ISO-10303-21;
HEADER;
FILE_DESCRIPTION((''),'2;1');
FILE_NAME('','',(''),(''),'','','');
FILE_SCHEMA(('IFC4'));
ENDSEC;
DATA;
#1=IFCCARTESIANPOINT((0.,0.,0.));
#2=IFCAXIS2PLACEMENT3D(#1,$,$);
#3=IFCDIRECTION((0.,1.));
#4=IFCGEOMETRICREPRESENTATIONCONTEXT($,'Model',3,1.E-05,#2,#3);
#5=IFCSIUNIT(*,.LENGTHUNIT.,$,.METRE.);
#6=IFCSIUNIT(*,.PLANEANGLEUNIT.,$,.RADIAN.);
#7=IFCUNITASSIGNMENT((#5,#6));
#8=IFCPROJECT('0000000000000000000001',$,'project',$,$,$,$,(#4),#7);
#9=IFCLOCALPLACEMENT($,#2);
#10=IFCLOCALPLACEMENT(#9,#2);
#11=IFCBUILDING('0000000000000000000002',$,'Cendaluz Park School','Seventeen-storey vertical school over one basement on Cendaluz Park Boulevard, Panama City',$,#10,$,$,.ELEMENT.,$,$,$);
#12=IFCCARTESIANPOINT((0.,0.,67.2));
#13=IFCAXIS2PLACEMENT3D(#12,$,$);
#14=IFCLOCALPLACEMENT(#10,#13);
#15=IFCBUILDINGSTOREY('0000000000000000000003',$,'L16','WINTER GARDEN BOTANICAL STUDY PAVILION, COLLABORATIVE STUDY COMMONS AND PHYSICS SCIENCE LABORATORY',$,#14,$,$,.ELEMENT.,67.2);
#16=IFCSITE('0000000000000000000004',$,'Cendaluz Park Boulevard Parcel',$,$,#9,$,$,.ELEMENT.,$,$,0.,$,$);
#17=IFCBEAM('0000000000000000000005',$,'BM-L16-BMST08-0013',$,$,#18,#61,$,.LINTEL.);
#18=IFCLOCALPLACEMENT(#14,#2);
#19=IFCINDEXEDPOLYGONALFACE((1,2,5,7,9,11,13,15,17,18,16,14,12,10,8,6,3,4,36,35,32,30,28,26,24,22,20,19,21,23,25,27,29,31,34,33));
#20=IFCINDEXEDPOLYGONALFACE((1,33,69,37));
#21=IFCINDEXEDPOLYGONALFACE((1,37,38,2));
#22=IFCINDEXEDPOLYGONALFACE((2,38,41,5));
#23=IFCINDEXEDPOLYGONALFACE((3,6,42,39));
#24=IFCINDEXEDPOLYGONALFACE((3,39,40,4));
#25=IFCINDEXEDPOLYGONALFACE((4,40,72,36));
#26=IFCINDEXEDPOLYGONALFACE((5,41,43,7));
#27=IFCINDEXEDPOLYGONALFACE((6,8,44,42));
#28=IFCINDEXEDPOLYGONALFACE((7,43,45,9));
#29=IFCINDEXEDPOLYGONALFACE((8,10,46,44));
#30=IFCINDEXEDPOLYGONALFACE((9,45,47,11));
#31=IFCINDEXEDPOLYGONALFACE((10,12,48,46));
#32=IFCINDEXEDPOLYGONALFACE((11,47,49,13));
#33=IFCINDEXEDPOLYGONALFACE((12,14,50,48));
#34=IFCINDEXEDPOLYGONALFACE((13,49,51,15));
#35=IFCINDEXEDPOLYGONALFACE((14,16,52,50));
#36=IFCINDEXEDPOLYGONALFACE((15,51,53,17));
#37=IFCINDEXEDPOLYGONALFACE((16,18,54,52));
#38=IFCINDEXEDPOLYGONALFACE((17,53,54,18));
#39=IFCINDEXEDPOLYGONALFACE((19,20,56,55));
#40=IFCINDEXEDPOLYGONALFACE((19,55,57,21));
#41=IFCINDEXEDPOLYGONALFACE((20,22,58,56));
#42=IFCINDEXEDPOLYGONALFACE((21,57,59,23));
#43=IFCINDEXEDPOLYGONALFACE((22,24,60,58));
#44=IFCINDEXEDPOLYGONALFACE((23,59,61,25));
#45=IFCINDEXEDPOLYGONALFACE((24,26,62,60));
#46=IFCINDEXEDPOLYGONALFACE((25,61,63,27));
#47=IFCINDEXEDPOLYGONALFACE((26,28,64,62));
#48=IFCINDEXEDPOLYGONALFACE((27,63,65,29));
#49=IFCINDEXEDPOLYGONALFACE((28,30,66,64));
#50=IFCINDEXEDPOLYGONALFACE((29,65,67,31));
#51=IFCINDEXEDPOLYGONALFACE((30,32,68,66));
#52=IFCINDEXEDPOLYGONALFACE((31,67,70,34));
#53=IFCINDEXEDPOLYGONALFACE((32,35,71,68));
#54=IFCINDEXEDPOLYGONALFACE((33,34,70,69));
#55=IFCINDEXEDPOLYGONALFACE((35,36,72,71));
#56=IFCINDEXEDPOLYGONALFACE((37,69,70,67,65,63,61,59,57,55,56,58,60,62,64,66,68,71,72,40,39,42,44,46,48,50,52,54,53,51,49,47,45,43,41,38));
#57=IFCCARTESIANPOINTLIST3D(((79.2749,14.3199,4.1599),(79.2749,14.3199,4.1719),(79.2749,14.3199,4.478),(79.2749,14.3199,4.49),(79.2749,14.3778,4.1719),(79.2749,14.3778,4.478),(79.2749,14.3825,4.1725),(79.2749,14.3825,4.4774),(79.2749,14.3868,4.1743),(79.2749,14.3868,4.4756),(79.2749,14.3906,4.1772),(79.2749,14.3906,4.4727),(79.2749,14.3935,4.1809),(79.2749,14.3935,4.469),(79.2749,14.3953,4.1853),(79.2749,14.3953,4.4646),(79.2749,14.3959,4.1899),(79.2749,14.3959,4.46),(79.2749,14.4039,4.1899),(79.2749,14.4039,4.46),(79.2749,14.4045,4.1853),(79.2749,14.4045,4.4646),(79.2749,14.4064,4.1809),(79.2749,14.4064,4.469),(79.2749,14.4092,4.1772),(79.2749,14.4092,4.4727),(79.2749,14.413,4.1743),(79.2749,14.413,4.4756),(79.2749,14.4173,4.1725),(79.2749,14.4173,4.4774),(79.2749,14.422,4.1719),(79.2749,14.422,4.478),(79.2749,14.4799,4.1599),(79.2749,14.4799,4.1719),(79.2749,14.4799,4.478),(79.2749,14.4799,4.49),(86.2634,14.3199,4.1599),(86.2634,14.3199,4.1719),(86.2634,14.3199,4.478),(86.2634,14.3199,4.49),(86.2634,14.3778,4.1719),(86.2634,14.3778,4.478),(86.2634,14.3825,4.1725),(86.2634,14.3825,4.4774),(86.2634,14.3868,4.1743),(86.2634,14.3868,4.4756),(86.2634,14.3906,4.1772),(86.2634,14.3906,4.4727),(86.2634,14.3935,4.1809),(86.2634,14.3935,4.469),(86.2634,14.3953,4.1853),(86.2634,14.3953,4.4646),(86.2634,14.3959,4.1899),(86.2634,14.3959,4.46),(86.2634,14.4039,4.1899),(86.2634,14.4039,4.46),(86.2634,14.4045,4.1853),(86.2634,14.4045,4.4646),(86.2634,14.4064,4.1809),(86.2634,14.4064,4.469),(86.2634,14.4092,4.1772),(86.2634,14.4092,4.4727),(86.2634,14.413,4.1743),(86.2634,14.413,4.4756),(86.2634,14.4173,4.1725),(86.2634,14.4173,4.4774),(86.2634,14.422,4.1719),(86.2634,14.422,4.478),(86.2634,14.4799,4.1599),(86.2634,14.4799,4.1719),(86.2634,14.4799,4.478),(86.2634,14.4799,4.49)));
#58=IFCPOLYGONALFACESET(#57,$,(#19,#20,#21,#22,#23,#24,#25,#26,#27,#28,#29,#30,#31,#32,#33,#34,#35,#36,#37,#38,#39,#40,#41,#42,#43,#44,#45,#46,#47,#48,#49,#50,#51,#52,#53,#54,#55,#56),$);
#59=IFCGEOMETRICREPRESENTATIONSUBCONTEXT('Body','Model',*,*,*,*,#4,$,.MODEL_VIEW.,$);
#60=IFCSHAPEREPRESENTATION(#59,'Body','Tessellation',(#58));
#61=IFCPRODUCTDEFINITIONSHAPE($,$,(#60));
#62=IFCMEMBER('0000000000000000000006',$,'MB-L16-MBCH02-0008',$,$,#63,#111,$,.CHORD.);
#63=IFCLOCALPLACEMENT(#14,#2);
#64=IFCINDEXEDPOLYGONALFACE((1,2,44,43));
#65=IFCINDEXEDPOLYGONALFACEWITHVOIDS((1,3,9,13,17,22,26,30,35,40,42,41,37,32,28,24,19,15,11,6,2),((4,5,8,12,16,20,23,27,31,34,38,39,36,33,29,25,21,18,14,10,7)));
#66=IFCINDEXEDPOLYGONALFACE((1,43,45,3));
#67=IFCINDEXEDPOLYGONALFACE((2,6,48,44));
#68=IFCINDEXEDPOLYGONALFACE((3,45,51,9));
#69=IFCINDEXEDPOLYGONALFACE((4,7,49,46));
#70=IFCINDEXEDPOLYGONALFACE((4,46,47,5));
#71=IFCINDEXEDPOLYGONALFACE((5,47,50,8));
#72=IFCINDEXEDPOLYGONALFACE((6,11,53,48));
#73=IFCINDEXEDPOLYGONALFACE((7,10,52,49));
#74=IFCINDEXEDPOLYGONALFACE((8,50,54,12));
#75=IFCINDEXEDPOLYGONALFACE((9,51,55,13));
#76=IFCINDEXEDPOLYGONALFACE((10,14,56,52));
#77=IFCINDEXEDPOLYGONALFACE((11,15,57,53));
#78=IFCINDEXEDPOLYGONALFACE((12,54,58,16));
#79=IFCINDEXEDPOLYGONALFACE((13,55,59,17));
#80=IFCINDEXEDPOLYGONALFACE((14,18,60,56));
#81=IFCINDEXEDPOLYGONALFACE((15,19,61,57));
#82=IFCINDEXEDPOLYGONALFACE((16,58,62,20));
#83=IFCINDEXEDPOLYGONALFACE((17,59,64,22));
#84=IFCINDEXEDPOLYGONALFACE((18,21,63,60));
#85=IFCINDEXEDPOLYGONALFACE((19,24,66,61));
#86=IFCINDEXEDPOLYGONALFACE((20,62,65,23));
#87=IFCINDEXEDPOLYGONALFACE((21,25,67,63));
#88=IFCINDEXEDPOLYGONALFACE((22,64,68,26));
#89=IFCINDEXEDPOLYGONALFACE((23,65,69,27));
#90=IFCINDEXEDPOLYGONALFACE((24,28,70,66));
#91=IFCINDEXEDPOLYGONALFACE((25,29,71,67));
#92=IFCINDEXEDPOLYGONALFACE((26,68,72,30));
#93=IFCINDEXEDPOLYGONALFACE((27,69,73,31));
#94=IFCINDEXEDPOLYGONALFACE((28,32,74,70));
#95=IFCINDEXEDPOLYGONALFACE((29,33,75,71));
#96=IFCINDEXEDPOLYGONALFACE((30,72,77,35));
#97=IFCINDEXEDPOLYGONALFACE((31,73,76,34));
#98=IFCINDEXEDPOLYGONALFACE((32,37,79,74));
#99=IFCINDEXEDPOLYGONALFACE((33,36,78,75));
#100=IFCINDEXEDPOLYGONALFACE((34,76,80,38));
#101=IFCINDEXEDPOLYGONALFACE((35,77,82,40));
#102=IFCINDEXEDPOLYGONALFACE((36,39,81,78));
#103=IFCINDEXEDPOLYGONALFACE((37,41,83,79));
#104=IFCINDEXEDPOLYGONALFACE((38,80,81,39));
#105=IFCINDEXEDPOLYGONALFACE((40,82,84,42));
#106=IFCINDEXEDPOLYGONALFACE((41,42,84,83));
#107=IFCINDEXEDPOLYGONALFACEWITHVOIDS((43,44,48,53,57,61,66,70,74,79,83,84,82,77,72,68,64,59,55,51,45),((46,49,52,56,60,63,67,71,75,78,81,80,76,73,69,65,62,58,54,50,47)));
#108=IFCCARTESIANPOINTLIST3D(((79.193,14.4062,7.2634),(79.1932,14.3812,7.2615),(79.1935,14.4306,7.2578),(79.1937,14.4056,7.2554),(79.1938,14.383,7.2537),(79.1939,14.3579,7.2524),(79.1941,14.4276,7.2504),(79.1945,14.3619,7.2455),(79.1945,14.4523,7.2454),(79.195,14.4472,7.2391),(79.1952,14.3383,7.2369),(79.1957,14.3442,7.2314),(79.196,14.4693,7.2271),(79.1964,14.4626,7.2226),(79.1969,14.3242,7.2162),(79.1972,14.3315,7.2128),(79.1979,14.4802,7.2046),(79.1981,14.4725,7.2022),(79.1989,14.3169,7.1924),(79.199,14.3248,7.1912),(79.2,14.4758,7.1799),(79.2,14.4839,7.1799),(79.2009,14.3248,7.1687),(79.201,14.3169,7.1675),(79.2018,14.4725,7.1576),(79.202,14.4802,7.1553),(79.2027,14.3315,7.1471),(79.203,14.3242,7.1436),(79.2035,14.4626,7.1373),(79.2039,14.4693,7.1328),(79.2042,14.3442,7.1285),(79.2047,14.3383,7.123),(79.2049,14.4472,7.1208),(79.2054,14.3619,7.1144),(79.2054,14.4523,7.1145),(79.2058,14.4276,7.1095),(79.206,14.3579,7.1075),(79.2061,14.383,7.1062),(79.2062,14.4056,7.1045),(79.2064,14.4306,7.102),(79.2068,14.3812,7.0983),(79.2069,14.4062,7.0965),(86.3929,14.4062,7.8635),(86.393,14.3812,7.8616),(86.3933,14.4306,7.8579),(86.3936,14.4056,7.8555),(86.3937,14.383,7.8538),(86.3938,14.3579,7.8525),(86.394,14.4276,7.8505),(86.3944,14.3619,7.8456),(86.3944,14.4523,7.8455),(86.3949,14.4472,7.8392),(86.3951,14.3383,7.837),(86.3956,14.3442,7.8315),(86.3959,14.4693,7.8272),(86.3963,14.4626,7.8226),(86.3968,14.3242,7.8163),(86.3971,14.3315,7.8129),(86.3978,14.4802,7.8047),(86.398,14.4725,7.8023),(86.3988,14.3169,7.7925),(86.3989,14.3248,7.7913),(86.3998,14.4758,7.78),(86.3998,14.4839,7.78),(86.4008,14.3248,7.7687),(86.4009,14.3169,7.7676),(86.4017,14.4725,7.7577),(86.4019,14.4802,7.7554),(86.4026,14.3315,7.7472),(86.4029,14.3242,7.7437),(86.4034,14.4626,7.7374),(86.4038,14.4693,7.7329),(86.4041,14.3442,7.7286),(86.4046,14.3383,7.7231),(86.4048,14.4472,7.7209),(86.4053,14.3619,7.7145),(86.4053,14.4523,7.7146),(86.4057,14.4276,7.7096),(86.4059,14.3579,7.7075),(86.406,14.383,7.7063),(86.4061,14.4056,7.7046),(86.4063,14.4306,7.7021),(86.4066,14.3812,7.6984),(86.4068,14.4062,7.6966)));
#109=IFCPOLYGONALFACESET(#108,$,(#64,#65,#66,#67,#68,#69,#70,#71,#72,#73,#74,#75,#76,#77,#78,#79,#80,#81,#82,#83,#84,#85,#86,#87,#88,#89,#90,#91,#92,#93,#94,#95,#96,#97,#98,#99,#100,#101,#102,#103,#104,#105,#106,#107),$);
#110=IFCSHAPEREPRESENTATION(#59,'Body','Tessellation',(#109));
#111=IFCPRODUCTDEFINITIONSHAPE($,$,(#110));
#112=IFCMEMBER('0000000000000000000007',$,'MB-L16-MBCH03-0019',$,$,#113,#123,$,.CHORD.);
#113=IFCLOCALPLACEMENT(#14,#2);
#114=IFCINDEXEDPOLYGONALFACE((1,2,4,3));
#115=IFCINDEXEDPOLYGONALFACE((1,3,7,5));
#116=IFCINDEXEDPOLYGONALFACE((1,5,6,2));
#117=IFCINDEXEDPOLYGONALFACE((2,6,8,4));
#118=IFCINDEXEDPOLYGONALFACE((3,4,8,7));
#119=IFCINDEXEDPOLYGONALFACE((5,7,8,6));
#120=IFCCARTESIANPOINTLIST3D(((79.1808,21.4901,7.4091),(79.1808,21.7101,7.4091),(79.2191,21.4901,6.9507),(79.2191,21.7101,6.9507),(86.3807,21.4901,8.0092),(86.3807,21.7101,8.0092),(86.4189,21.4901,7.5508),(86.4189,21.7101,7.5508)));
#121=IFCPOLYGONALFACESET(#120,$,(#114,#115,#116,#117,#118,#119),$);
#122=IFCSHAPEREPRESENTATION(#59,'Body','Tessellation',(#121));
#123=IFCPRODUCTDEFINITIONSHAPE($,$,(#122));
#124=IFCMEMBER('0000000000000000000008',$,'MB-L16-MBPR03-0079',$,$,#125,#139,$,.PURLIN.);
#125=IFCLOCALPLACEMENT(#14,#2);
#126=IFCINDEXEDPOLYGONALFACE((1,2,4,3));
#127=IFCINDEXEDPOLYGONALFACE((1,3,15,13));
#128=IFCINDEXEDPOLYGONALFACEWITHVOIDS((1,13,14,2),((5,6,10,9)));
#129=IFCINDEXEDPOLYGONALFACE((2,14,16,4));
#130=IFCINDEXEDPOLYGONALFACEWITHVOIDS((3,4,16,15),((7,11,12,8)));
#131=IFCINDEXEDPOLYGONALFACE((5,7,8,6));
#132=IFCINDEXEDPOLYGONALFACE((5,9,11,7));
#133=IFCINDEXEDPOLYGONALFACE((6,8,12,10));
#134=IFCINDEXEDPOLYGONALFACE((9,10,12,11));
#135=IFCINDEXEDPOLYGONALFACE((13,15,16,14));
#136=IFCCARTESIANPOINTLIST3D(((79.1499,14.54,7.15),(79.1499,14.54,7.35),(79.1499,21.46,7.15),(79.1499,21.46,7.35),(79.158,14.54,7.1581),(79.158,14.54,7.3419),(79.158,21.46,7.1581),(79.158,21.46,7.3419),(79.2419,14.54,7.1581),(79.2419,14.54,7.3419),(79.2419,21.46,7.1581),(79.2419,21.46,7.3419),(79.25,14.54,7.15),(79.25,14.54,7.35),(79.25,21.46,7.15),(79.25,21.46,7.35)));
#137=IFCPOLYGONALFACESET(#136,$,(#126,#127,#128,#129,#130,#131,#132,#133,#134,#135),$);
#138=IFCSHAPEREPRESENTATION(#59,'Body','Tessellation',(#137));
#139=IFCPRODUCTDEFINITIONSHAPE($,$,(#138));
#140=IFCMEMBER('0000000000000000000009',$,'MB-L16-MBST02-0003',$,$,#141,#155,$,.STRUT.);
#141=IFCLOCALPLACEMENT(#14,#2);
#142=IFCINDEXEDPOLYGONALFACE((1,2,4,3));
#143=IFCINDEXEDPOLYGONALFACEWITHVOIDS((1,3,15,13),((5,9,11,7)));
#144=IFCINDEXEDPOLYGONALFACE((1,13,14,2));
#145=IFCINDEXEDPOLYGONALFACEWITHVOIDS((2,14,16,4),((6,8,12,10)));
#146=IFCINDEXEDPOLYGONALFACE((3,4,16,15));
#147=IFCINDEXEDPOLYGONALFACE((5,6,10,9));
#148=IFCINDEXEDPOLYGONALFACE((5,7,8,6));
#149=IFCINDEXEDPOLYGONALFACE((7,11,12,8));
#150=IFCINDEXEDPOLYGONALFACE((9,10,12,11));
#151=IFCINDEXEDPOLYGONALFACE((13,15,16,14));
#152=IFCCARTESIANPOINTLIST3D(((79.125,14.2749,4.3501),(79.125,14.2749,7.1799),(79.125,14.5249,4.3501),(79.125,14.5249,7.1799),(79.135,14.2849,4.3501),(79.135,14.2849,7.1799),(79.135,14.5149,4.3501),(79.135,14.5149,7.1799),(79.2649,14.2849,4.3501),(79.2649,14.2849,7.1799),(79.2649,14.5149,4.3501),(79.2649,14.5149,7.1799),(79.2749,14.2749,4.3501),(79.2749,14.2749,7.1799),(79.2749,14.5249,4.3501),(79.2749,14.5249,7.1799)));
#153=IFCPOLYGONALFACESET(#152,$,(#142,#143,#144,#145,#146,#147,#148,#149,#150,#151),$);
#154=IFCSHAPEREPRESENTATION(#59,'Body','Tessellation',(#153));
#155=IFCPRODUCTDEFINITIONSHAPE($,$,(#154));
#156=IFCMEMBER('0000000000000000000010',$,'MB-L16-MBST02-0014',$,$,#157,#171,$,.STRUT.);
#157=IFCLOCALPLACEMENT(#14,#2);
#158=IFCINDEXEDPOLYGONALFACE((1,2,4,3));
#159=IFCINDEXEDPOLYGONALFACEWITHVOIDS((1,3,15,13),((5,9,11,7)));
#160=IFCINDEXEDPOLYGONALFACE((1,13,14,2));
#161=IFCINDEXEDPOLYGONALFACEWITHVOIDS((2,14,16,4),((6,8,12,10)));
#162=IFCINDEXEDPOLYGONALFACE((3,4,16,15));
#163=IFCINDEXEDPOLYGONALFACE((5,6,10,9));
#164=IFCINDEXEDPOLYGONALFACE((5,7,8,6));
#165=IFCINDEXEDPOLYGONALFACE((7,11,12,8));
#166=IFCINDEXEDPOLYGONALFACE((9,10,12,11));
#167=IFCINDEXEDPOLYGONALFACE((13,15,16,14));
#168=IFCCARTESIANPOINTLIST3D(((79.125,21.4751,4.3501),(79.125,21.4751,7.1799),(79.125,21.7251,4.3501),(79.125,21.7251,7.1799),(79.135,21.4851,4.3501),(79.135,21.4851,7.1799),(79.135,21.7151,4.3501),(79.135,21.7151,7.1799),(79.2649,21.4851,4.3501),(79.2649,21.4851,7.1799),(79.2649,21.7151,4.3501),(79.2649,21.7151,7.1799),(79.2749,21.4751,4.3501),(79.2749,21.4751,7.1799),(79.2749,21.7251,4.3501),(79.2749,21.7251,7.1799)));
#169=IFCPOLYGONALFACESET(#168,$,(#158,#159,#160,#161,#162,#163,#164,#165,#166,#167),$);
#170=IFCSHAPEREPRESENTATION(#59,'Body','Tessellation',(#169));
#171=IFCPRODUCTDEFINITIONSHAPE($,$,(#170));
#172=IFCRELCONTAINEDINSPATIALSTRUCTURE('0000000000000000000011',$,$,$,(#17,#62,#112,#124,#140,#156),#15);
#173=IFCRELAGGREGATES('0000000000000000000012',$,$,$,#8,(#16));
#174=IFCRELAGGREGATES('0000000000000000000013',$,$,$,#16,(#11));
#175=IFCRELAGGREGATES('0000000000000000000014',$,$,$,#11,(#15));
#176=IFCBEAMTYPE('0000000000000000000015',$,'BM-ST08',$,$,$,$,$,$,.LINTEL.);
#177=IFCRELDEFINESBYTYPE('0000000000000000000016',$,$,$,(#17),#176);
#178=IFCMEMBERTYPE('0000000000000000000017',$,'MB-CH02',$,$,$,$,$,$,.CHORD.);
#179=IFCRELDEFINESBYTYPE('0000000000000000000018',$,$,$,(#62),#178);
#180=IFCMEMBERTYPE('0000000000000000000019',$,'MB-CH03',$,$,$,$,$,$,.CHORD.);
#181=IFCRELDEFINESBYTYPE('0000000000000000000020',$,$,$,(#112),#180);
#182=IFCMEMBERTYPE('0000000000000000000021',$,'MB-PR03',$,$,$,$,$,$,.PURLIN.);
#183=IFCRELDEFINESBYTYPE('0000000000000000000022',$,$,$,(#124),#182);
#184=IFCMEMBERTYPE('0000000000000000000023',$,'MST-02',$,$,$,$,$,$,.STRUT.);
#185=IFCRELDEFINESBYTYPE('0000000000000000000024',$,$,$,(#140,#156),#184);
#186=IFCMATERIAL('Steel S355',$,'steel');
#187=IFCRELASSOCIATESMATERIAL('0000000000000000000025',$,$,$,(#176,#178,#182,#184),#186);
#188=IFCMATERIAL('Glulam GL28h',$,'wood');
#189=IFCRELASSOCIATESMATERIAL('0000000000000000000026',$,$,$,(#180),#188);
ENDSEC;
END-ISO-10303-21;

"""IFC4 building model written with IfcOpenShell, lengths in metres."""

from ifc_helpers import new_model, si_unit, direction, frame, origin, origin_2d, place, context, subcontext, project, spatial, rectangle, hollow_rectangle, hollow_circle, i_section, extrude, material, material_profile, profile_set, type_object, element, save


model = new_model("IFC4")

# Units and contexts
model_context = context("Model", 3, precision=1e-05, world=origin(), true_north=direction((0.0, 1.0)))
body_context = subcontext(model_context, "Body", "Model", "MODEL_VIEW")
ifc_project = project(units=[si_unit("LENGTHUNIT", "METRE"), si_unit("PLANEANGLEUNIT", "RADIAN")], contexts=[model_context])

# Site, building, storey
site_placement = place(None, origin())
site = spatial("IfcSite", under=ifc_project, at=site_placement, Name="Cendaluz Park Boulevard Parcel", CompositionType="ELEMENT", RefElevation=0.0)
building_placement = place(site_placement, origin())
building = spatial("IfcBuilding", under=site, at=building_placement, Name="Cendaluz Park School", Description="Seventeen-storey vertical school over one basement on Cendaluz Park Boulevard, Panama City", CompositionType="ELEMENT")
storey_placement = place(building_placement, frame((0.0, 0.0, 67.2)))
storey = spatial("IfcBuildingStorey", under=building, at=storey_placement, Name="L16", Description="WINTER GARDEN BOTANICAL STUDY PAVILION, COLLABORATIVE STUDY COMMONS AND PHYSICS SCIENCE LABORATORY", CompositionType="ELEMENT", Elevation=67.2)

# Shared definitions
ifc_material_1 = material(Name="Steel S355", Category="steel")

# Beam
ifc_material_profile_1 = material_profile(ifc_material_1, i_section(OverallWidth=0.1599, OverallDepth=0.3301, WebThickness=0.0081, FlangeThickness=0.012, FilletRadius=0.0181, at=origin_2d()), Name="IPE 330", Category="steel")
ifc_profile_set_1 = profile_set([ifc_material_profile_1], Name="Steel S355")
beam_type_1 = type_object("IfcBeamType", Name="BM-ST08", PredefinedType="LINTEL", material=ifc_profile_set_1)
for number, where, z_axis, x_axis, name in (
    (1, (79.2749, 14.3999, 4.325), (1.0, 0.0, 0.0), (0.0, 1.0, 0.0), "BM-L16-BMST08-0013"),
):
    element("IfcBeam", number, at=place(storey_placement, frame(where, z_axis=z_axis, x_axis=x_axis)), inside=storey, type_object=beam_type_1, Name=name, PredefinedType="LINTEL", context=body_context, shape_type="SweptSolid", body=[
        extrude(i_section(OverallWidth=0.1599, OverallDepth=0.3301, WebThickness=0.0081, FlangeThickness=0.012, FilletRadius=0.0181, at=origin_2d()), origin(), (0.0, 0.0, 1.0), 6.9885),
    ])

# Members
ifc_material_profile_2 = material_profile(ifc_material_1, hollow_circle(Radius=0.084, WallThickness=0.0081, at=origin_2d()), Name="CHS 168x8", Category="steel")
ifc_profile_set_2 = profile_set([ifc_material_profile_2], Name="Steel S355")
member_type_1 = type_object("IfcMemberType", Name="MB-CH02", PredefinedType="CHORD", material=ifc_profile_set_2)
member_1_placement = place(storey_placement, frame((79.2, 14.3999, 7.1799), z_axis=(0.996545, 0.0, 0.083059), x_axis=(0.0, 1.0, 0.0)))
element("IfcMember", 2, at=member_1_placement, inside=storey, type_object=member_type_1, Name="MB-L16-MBCH02-0008", PredefinedType="CHORD", context=body_context, shape_type="SweptSolid", body=[
    extrude(hollow_circle(Radius=0.084, WallThickness=0.0081, at=origin_2d()), origin(), (0.0, 0.0, 1.0), 7.2249),
])
ifc_material_2 = material(Name="Glulam GL28h", Category="wood")
ifc_material_profile_3 = material_profile(ifc_material_2, rectangle(XDim=0.22, YDim=0.46, at=origin_2d()), Name="GL28h 220x460", Category="wood")
ifc_profile_set_3 = profile_set([ifc_material_profile_3], Name="Glulam GL28h")
member_type_2 = type_object("IfcMemberType", Name="MB-CH03", PredefinedType="CHORD", material=ifc_profile_set_3)
member_2_placement = place(storey_placement, frame((79.2, 21.6001, 7.1799), z_axis=(0.996545, 0.0, 0.083059), x_axis=(0.0, 1.0, 0.0)))
element("IfcMember", 3, at=member_2_placement, inside=storey, type_object=member_type_2, Name="MB-L16-MBCH03-0019", PredefinedType="CHORD", context=body_context, shape_type="SweptSolid", body=[
    extrude(rectangle(XDim=0.22, YDim=0.46, at=origin_2d()), origin(), (0.0, 0.0, 1.0), 7.2249),
])
ifc_material_profile_4 = material_profile(ifc_material_1, hollow_rectangle(XDim=0.1001, YDim=0.2, WallThickness=0.0081, at=origin_2d()), Name="RHS 200x100x8", Category="steel")
ifc_profile_set_4 = profile_set([ifc_material_profile_4], Name="Steel S355")
member_type_3 = type_object("IfcMemberType", Name="MB-PR03", PredefinedType="PURLIN", material=ifc_profile_set_4)
member_3_placement = place(storey_placement, frame((79.2, 14.54, 7.25), z_axis=(0.0, 1.0, 0.0), x_axis=(-1.0, 0.0, 0.0)))
element("IfcMember", 4, at=member_3_placement, inside=storey, type_object=member_type_3, Name="MB-L16-MBPR03-0079", PredefinedType="PURLIN", context=body_context, shape_type="SweptSolid", body=[
    extrude(hollow_rectangle(XDim=0.1001, YDim=0.2, WallThickness=0.0081, at=origin_2d()), origin(), (0.0, 0.0, 1.0), 6.9199),
])
ifc_material_profile_5 = material_profile(ifc_material_1, hollow_rectangle(XDim=0.1499, YDim=0.25, WallThickness=0.01, at=origin_2d()), Name="RHS 250x150x10", Category="steel")
ifc_profile_set_5 = profile_set([ifc_material_profile_5], Name="Steel S355")
member_type_4 = type_object("IfcMemberType", Name="MST-02", PredefinedType="STRUT", material=ifc_profile_set_5)
for number, where, z_axis, x_axis, name in (
    (5, (79.2, 14.3999, 4.3501), (0.0, 0.0, 1.0), (1.0, 0.0, 0.0), "MB-L16-MBST02-0003"),
    (6, (79.2, 21.6001, 4.3501), (0.0, 0.0, 1.0), (1.0, 0.0, 0.0), "MB-L16-MBST02-0014"),
):
    element("IfcMember", number, at=place(storey_placement, frame(where, z_axis=z_axis, x_axis=x_axis)), inside=storey, type_object=member_type_4, Name=name, PredefinedType="STRUT", context=body_context, shape_type="SweptSolid", body=[
        extrude(hollow_rectangle(XDim=0.1499, YDim=0.25, WallThickness=0.01, at=origin_2d()), origin(), (0.0, 0.0, 1.0), 2.8298),
    ])

save(model, "model.ifc")
